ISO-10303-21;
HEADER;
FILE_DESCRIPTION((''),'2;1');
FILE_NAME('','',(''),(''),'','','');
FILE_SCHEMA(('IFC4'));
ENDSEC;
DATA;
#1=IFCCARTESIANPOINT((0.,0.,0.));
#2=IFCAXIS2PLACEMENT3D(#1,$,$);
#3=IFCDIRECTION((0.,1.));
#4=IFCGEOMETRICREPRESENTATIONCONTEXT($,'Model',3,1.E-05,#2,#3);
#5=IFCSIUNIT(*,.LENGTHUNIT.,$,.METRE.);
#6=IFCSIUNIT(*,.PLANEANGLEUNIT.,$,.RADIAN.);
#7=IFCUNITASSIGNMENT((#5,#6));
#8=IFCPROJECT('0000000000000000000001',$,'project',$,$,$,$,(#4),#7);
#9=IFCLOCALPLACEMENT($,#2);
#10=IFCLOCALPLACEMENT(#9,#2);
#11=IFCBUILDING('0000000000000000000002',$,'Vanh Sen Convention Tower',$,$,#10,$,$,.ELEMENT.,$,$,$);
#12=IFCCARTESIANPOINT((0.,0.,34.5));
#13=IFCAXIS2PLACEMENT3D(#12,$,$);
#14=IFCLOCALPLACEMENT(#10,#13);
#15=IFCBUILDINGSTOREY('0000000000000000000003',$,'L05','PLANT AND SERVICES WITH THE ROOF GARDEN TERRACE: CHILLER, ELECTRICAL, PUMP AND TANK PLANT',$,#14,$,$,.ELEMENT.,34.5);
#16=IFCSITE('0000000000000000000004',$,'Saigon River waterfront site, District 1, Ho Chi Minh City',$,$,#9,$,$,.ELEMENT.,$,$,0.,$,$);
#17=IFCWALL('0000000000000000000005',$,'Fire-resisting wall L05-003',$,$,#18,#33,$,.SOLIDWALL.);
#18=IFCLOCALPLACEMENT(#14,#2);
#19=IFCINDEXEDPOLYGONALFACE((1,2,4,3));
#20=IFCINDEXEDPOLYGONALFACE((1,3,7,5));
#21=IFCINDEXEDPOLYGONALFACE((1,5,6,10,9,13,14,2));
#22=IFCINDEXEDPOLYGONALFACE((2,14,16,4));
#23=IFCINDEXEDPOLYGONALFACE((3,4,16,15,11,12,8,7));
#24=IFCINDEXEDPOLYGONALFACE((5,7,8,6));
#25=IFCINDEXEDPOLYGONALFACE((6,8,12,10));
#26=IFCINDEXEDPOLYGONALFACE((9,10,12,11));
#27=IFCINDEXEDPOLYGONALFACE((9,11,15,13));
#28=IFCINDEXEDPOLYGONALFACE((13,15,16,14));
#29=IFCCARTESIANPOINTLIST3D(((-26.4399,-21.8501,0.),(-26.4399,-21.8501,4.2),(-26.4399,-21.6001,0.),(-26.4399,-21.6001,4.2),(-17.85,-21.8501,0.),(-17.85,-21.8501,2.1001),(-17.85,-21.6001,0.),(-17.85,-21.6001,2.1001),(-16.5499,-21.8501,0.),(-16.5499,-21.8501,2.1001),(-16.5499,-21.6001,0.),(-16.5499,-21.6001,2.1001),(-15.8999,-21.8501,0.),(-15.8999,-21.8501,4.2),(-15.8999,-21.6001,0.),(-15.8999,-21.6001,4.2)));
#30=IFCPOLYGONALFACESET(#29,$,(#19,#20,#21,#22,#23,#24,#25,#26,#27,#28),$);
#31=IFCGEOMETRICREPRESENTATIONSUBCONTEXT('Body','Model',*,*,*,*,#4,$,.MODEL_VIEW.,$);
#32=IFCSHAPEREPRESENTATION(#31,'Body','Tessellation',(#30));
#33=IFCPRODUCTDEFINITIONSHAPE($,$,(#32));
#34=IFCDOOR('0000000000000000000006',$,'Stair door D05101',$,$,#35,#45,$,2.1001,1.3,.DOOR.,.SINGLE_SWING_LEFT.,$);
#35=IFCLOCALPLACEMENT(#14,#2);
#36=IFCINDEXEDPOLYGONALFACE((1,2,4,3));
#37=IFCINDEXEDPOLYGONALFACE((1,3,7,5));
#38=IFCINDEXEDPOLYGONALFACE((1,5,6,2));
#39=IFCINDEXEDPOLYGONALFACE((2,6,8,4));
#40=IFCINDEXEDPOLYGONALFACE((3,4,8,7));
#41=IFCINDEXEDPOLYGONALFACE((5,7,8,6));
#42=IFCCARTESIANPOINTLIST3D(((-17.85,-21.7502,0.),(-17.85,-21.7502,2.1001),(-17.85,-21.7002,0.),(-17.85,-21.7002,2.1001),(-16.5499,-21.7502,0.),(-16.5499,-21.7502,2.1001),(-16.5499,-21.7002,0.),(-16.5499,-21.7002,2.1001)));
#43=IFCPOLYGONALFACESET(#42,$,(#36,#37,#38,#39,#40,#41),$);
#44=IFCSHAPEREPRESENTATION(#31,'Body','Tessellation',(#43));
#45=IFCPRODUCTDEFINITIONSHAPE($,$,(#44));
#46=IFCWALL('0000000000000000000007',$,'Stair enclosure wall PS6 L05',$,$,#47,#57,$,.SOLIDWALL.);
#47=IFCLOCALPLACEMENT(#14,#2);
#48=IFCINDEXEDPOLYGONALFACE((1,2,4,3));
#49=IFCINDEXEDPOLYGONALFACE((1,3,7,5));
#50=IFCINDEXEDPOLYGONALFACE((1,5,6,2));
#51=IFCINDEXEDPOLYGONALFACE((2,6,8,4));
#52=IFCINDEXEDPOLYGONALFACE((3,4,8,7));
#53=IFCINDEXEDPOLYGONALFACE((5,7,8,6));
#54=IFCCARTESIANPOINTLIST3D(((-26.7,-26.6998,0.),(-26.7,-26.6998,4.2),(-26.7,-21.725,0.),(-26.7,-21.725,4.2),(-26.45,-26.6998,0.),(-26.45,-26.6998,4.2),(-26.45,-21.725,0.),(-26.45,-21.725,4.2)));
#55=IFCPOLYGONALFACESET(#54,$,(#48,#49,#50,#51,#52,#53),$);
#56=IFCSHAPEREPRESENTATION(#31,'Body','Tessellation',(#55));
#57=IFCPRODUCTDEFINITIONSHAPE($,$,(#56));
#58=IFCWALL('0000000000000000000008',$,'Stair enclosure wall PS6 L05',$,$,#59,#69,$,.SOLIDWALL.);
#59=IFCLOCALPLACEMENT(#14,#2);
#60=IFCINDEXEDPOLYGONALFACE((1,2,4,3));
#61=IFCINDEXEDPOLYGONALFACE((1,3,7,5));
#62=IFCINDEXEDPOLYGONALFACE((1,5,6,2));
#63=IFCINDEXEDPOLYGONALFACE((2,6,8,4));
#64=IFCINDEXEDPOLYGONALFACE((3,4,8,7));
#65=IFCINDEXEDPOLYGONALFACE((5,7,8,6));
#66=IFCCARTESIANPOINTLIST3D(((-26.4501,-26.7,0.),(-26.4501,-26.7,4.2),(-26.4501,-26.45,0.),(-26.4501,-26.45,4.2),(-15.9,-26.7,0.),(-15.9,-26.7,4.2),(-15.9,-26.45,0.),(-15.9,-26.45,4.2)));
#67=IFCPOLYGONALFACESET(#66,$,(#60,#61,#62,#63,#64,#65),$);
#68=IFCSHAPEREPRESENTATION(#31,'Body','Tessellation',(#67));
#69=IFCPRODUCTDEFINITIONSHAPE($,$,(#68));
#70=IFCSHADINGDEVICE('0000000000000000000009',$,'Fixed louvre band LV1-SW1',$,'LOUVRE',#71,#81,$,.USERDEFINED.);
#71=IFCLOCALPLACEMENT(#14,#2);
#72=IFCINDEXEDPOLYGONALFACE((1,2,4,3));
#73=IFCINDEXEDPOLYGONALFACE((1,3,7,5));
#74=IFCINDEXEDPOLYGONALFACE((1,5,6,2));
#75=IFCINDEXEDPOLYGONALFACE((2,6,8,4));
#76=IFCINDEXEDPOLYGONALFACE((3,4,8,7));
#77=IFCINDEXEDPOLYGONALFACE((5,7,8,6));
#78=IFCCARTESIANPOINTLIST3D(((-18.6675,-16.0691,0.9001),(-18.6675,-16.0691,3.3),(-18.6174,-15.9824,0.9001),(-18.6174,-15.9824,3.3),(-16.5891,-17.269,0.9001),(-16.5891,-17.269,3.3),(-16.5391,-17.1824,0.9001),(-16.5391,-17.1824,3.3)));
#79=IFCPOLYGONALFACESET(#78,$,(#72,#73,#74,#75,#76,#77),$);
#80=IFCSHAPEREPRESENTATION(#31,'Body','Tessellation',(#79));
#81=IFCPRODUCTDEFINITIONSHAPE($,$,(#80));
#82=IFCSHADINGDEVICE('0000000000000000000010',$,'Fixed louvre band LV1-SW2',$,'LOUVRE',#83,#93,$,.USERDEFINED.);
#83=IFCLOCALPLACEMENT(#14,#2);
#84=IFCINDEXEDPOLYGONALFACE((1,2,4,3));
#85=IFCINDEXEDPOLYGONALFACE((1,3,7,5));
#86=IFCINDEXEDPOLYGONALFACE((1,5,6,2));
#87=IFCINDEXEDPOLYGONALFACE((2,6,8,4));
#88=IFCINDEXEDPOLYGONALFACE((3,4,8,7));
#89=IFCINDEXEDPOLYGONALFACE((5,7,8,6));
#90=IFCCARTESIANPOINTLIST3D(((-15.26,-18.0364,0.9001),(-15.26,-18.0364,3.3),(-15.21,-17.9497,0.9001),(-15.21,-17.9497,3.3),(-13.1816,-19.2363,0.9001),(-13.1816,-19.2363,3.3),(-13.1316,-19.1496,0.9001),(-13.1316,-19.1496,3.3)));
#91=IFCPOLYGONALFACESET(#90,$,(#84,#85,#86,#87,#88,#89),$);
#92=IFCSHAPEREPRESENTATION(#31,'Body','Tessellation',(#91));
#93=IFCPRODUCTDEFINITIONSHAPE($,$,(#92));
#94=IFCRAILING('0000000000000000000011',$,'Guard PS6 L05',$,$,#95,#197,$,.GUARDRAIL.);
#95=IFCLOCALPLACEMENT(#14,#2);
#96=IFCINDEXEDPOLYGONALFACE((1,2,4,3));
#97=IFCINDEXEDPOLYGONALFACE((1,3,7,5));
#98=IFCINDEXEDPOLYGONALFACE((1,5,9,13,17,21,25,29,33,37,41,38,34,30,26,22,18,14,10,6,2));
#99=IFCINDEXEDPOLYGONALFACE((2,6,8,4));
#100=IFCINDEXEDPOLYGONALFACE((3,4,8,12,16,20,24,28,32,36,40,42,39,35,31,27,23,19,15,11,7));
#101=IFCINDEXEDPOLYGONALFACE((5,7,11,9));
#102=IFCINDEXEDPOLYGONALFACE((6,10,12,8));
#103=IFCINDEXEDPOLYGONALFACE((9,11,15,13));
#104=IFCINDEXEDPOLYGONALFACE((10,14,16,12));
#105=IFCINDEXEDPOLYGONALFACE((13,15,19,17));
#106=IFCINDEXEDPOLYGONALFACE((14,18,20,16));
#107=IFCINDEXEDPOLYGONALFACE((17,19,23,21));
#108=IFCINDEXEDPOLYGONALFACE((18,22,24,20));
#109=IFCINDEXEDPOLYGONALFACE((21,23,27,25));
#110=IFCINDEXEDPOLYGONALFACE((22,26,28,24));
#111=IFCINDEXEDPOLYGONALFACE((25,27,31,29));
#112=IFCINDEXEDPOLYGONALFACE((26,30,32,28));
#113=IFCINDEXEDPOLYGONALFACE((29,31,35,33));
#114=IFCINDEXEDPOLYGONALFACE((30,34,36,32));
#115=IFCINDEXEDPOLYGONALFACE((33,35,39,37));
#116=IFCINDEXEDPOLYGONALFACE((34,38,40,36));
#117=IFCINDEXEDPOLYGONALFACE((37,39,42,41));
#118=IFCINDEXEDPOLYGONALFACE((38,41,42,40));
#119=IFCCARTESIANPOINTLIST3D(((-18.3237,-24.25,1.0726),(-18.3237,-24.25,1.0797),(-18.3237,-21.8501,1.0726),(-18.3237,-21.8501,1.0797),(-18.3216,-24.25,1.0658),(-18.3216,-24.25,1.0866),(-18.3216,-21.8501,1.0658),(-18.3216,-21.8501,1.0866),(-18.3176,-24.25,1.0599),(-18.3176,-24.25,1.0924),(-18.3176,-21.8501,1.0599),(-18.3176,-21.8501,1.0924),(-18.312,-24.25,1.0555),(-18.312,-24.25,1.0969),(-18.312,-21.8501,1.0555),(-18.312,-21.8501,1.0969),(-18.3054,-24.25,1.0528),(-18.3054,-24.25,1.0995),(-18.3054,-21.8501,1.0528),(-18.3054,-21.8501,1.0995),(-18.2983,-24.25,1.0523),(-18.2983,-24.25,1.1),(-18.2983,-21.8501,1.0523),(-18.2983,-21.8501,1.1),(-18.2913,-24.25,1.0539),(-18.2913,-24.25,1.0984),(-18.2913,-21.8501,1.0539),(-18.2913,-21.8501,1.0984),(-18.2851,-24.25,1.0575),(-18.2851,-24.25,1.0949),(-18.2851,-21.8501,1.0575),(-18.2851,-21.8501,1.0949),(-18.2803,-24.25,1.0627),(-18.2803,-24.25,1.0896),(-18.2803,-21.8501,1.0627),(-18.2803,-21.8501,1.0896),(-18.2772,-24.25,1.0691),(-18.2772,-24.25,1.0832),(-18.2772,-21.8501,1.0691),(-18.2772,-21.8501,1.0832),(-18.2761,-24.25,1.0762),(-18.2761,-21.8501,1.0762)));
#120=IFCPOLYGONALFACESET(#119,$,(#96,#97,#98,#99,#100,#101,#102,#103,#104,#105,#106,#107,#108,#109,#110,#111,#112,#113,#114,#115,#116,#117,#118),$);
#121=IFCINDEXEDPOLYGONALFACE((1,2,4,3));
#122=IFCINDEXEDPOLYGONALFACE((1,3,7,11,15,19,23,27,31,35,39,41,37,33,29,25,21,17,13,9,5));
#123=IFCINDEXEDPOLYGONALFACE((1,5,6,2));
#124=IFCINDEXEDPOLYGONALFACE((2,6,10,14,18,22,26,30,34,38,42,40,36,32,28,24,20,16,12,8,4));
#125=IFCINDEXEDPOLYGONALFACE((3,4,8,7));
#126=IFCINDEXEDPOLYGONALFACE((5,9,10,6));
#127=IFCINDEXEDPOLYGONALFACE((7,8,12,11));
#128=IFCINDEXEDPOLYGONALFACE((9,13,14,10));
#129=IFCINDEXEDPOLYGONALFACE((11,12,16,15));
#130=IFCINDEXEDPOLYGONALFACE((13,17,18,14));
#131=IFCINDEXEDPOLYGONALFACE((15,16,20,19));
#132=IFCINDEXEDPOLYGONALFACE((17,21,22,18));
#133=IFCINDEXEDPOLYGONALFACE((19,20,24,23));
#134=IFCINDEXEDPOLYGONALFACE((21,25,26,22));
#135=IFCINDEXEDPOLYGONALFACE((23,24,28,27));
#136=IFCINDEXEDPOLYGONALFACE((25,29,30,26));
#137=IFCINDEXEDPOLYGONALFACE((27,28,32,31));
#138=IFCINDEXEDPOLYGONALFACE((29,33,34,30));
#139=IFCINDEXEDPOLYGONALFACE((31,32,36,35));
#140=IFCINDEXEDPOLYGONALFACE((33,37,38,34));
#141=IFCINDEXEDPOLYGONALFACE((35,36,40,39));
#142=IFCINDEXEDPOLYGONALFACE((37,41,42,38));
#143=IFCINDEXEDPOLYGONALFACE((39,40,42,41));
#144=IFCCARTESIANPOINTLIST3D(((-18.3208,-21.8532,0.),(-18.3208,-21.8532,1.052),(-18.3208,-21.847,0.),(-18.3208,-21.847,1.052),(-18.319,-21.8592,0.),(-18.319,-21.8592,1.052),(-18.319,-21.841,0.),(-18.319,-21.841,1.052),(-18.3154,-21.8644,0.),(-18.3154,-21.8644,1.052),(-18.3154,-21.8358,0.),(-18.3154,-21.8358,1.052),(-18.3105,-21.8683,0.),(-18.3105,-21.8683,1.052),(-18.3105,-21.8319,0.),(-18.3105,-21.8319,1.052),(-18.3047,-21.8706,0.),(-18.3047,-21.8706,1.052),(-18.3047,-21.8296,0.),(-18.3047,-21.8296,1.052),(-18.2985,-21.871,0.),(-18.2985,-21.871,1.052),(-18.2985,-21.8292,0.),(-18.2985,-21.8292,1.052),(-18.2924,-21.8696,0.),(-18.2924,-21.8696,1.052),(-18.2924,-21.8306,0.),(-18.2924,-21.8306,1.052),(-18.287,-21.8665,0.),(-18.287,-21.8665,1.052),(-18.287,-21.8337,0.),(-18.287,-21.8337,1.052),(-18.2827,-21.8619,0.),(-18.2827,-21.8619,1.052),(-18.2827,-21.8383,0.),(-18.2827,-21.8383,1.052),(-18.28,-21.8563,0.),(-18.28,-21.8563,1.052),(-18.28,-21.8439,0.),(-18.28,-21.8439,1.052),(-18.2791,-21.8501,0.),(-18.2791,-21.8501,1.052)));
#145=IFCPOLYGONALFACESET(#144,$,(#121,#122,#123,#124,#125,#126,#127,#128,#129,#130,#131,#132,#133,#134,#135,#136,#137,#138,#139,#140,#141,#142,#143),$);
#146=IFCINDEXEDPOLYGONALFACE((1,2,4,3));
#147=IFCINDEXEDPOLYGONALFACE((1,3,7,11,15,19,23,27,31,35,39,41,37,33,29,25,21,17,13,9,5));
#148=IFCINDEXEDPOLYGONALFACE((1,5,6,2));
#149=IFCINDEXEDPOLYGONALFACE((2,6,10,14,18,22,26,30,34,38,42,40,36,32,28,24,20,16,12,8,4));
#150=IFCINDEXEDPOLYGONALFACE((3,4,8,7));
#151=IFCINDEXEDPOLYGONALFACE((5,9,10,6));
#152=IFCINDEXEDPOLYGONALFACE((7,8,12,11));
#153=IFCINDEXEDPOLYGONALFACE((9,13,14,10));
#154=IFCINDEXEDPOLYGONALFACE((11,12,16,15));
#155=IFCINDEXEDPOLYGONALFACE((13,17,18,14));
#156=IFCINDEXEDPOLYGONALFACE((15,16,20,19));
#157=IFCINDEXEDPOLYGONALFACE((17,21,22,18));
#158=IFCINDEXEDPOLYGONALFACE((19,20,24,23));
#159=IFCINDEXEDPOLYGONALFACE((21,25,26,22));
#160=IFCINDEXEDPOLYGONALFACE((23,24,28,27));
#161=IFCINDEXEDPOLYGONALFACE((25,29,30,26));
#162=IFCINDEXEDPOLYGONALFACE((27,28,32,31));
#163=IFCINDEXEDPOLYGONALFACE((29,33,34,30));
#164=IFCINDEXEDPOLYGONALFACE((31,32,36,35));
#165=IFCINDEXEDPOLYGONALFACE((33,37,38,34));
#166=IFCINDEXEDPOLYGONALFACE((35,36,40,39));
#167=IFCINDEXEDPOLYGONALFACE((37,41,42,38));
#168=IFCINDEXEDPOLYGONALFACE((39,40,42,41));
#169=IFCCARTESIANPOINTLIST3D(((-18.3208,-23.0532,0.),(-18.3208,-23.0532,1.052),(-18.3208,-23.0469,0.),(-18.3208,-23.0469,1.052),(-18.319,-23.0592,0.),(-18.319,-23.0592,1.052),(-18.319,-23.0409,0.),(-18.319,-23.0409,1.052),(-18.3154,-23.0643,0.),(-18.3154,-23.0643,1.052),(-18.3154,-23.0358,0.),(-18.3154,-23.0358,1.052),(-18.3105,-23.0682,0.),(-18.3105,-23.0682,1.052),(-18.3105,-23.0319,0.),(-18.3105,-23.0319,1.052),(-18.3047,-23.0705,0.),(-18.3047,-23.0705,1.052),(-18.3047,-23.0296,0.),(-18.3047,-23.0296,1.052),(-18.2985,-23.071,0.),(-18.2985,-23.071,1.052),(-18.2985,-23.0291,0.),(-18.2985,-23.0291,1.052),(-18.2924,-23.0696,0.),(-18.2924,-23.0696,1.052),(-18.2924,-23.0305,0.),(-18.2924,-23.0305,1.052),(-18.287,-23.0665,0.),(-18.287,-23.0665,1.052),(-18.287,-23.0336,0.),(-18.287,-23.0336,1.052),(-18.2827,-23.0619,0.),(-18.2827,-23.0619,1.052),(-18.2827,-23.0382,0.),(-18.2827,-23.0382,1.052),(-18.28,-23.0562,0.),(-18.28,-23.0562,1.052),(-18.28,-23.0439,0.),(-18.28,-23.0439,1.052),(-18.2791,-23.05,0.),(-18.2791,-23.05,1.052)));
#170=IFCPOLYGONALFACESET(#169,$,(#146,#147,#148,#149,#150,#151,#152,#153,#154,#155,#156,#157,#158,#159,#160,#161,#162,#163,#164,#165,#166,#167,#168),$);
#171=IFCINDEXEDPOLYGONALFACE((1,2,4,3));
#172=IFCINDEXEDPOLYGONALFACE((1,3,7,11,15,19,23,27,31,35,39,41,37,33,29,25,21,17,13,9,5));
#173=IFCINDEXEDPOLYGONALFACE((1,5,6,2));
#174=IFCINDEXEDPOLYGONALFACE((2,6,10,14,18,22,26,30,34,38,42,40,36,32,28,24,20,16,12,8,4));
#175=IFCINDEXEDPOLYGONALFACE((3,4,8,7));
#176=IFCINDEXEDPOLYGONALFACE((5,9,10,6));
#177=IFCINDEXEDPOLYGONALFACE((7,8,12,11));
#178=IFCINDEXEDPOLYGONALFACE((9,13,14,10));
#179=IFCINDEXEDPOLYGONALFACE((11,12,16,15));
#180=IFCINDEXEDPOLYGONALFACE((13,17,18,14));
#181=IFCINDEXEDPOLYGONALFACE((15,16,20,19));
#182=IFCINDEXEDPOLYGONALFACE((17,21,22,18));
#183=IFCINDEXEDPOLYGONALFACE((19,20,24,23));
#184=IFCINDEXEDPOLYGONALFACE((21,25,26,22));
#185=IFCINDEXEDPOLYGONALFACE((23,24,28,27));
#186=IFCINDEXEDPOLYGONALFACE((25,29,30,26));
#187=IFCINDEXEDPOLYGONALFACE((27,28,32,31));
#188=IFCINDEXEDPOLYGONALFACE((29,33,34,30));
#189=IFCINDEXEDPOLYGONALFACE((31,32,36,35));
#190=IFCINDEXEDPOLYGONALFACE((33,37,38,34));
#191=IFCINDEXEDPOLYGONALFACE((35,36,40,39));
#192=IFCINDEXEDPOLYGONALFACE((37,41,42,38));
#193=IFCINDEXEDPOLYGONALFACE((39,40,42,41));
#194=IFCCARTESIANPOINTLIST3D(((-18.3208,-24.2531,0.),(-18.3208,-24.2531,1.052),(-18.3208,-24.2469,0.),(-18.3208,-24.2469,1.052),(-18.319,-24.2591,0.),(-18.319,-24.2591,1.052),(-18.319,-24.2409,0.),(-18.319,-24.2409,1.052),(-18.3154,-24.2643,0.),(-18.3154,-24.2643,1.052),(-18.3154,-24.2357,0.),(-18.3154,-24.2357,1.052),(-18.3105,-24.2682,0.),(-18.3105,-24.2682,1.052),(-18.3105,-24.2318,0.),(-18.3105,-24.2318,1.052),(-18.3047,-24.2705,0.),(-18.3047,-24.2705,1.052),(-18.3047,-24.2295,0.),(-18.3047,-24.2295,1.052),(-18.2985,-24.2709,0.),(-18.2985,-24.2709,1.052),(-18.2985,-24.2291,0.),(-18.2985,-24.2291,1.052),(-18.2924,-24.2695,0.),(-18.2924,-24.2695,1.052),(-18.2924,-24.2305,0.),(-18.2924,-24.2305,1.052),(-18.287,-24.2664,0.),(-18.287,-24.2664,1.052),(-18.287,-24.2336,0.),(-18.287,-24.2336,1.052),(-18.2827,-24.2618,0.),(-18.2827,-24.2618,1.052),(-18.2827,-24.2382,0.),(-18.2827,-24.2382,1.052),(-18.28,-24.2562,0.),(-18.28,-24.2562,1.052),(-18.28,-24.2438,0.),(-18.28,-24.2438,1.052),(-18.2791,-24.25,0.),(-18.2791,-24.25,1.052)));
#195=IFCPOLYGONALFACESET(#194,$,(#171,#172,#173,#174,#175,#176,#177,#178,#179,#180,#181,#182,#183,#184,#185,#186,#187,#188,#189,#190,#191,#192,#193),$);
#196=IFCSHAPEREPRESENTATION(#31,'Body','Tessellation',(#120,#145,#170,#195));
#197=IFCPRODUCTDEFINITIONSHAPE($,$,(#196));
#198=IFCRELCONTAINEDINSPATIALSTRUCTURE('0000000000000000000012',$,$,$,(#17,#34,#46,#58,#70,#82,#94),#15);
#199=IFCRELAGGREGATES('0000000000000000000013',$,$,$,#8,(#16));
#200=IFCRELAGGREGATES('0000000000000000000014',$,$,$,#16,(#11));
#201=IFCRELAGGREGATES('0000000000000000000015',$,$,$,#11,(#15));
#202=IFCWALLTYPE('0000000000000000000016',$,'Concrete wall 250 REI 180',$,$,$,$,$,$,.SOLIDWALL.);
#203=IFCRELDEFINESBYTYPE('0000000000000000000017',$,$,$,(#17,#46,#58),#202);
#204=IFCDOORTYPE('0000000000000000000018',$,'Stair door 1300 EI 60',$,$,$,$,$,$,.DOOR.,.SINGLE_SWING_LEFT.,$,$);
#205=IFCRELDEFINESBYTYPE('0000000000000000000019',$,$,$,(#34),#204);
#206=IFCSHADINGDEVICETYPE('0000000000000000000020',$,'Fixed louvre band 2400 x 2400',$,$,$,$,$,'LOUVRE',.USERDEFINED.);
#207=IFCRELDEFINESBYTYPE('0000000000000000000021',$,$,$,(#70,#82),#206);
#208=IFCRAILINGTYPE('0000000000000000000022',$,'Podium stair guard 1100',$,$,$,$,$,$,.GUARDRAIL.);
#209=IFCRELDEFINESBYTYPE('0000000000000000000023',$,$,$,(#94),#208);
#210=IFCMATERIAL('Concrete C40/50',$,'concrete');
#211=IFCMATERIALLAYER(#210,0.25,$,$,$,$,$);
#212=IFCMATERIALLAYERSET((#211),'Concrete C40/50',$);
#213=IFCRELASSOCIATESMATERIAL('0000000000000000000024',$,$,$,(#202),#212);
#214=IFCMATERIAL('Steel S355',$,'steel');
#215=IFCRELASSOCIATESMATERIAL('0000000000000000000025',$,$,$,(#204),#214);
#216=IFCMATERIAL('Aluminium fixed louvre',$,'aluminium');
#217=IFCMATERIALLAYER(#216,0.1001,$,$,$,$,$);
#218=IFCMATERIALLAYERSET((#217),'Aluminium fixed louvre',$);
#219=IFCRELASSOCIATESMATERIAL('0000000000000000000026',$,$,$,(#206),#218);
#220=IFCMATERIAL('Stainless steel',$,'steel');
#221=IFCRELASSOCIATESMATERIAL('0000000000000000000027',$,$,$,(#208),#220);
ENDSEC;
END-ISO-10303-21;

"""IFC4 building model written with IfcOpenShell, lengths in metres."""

from ifc_helpers import new_model, si_unit, direction, frame, frame_2d, origin, origin_2d, place, context, subcontext, project, spatial, rectangle, circle, extrude, material, layer, layer_set, type_object, element, fill, save


model = new_model("IFC4")

# Units and contexts
model_context = context("Model", 3, precision=1e-05, world=origin(), true_north=direction((0.0, 1.0)))
body_context = subcontext(model_context, "Body", "Model", "MODEL_VIEW")
ifc_project = project(units=[si_unit("LENGTHUNIT", "METRE"), si_unit("PLANEANGLEUNIT", "RADIAN")], contexts=[model_context])

# Site, building, storey
site_placement = place(None, origin())
site = spatial("IfcSite", under=ifc_project, at=site_placement, Name="Saigon River waterfront site, District 1, Ho Chi Minh City", CompositionType="ELEMENT", RefElevation=0.0)
building_placement = place(site_placement, origin())
building = spatial("IfcBuilding", under=site, at=building_placement, Name="Vanh Sen Convention Tower", CompositionType="ELEMENT")
storey_placement = place(building_placement, frame((0.0, 0.0, 34.5)))
storey = spatial("IfcBuildingStorey", under=building, at=storey_placement, Name="L05", Description="PLANT AND SERVICES WITH THE ROOF GARDEN TERRACE: CHILLER, ELECTRICAL, PUMP AND TANK PLANT", CompositionType="ELEMENT", Elevation=34.5)

# Shared definitions
ifc_material_1 = material(Name="Concrete C40/50", Category="concrete")
ifc_layer_1 = layer(ifc_material_1, 0.25)
ifc_layer_set_1 = layer_set([ifc_layer_1], Name="Concrete C40/50")
wall_type = type_object("IfcWallType", Name="Concrete wall 250 REI 180", PredefinedType="SOLIDWALL", material=ifc_layer_set_1)

# Wall, opening, door
wall_1_placement = place(storey_placement, frame((-26.4399, -21.7251, 0.0), z_axis=(0.0, 0.0, 1.0), x_axis=(1.0, 0.0, 0.0)))
wall_1 = element("IfcWall", 1, at=wall_1_placement, inside=storey, type_object=wall_type, Name="Fire-resisting wall L05-003", PredefinedType="SOLIDWALL", context=body_context, shape_type="SweptSolid", body=[
    extrude(rectangle(XDim=10.54, YDim=0.25, at=frame_2d((5.27, 0.0))), origin(), (0.0, 0.0, 1.0), 4.2),
])
opening_placement = place(wall_1_placement, frame((8.5901, 0.0, 0.0)))
opening = element("IfcOpeningElement", 2, at=opening_placement, cuts=wall_1, PredefinedType="OPENING", context=body_context, shape_type="SweptSolid", body=[
    extrude(rectangle(XDim=1.3, YDim=2.1001, at=frame_2d((0.6499, 1.05))), frame((0.0, 0.135, 0.0), z_axis=(0.0, -1.0, 0.0), x_axis=(1.0, 0.0, 0.0)), (0.0, 0.0, 1.0), 0.27),
])
ifc_material_2 = material(Name="Steel S355", Category="steel")
door_type = type_object("IfcDoorType", Name="Stair door 1300 EI 60", OperationType="SINGLE_SWING_LEFT", PredefinedType="DOOR", material=ifc_material_2)
door_placement = place(opening_placement, origin())
door = element("IfcDoor", 3, at=door_placement, inside=storey, type_object=door_type, Name="Stair door D05101", OperationType="SINGLE_SWING_LEFT", OverallHeight=2.1001, OverallWidth=1.3, PredefinedType="DOOR", context=body_context, shape_type="SweptSolid", body=[
    extrude(rectangle(XDim=1.3, YDim=2.1001, at=frame_2d((0.6499, 1.05))), frame((0.0, 0.0249, 0.0), z_axis=(0.0, -1.0, 0.0), x_axis=(1.0, 0.0, 0.0)), (0.0, 0.0, 1.0), 0.05),
])
fill(opening, door)

# Walls
wall_2_placement = place(storey_placement, frame((-26.575, -21.7251, 0.0), z_axis=(0.0, 0.0, 1.0), x_axis=(0.0, -1.0, 0.0)))
element("IfcWall", 4, at=wall_2_placement, inside=storey, type_object=wall_type, Name="Stair enclosure wall PS6 L05", PredefinedType="SOLIDWALL", context=body_context, shape_type="SweptSolid", body=[
    extrude(rectangle(XDim=4.9749, YDim=0.25, at=frame_2d((2.4873, 0.0))), origin(), (0.0, 0.0, 1.0), 4.2),
])
wall_3_placement = place(storey_placement, frame((-26.45, -26.575, 0.0), z_axis=(0.0, 0.0, 1.0), x_axis=(1.0, 0.0, 0.0)))
element("IfcWall", 5, at=wall_3_placement, inside=storey, type_object=wall_type, Name="Stair enclosure wall PS6 L05", PredefinedType="SOLIDWALL", context=body_context, shape_type="SweptSolid", body=[
    extrude(rectangle(XDim=10.55, YDim=0.25, at=frame_2d((5.2749, 0.0))), origin(), (0.0, 0.0, 1.0), 4.2),
])

# Shading devices
ifc_material_3 = material(Name="Aluminium fixed louvre", Category="aluminium")
ifc_layer_2 = layer(ifc_material_3, 0.1001)
ifc_layer_set_2 = layer_set([ifc_layer_2], Name="Aluminium fixed louvre")
shading_device_type = type_object("IfcShadingDeviceType", Name="Fixed louvre band 2400 x 2400", ElementType="LOUVRE", PredefinedType="USERDEFINED", material=ifc_layer_set_2)
for number, where, z_axis, x_axis, name in (
    (6, (-17.6033, -16.6257, 0.9001), (0.0, 0.0, 1.0), (0.866027, -0.499997, 0.0), "Fixed louvre band LV1-SW1"),
    (7, (-14.1958, -18.593, 0.9001), (0.0, 0.0, 1.0), (0.866027, -0.499997, 0.0), "Fixed louvre band LV1-SW2"),
):
    element("IfcShadingDevice", number, at=place(storey_placement, frame(where, z_axis=z_axis, x_axis=x_axis)), inside=storey, type_object=shading_device_type, Name=name, ObjectType="LOUVRE", PredefinedType="USERDEFINED", context=body_context, shape_type="SweptSolid", body=[
        extrude(rectangle(XDim=2.3999, YDim=0.1001, at=origin_2d()), origin(), (0.0, 0.0, 1.0), 2.3999),
    ])

# Railing
ifc_material_4 = material(Name="Stainless steel", Category="steel")
railing_type_1 = type_object("IfcRailingType", Name="Podium stair guard 1100", PredefinedType="GUARDRAIL", material=ifc_material_4)
railing_1_placement = place(storey_placement, frame((-18.3, -21.8501, 0.0)))
element("IfcRailing", 8, at=railing_1_placement, inside=storey, type_object=railing_type_1, Name="Guard PS6 L05", PredefinedType="GUARDRAIL", context=body_context, shape_type="SweptSolid", body=[
    extrude(circle(Radius=0.0239, at=origin_2d()), frame((0.0, 0.0, 1.0762), z_axis=(0.0, -1.0, 0.0), x_axis=(1.0, 0.0, 0.0)), (0.0, 0.0, 1.0), 2.3999),
    extrude(circle(Radius=0.021, at=origin_2d()), origin(), (0.0, 0.0, 1.0), 1.052),
    extrude(circle(Radius=0.021, at=origin_2d()), frame((0.0, -1.2, 0.0)), (0.0, 0.0, 1.0), 1.052),
    extrude(circle(Radius=0.021, at=origin_2d()), frame((0.0, -2.3999, 0.0)), (0.0, 0.0, 1.0), 1.052),
])

save(model, "model.ifc")
